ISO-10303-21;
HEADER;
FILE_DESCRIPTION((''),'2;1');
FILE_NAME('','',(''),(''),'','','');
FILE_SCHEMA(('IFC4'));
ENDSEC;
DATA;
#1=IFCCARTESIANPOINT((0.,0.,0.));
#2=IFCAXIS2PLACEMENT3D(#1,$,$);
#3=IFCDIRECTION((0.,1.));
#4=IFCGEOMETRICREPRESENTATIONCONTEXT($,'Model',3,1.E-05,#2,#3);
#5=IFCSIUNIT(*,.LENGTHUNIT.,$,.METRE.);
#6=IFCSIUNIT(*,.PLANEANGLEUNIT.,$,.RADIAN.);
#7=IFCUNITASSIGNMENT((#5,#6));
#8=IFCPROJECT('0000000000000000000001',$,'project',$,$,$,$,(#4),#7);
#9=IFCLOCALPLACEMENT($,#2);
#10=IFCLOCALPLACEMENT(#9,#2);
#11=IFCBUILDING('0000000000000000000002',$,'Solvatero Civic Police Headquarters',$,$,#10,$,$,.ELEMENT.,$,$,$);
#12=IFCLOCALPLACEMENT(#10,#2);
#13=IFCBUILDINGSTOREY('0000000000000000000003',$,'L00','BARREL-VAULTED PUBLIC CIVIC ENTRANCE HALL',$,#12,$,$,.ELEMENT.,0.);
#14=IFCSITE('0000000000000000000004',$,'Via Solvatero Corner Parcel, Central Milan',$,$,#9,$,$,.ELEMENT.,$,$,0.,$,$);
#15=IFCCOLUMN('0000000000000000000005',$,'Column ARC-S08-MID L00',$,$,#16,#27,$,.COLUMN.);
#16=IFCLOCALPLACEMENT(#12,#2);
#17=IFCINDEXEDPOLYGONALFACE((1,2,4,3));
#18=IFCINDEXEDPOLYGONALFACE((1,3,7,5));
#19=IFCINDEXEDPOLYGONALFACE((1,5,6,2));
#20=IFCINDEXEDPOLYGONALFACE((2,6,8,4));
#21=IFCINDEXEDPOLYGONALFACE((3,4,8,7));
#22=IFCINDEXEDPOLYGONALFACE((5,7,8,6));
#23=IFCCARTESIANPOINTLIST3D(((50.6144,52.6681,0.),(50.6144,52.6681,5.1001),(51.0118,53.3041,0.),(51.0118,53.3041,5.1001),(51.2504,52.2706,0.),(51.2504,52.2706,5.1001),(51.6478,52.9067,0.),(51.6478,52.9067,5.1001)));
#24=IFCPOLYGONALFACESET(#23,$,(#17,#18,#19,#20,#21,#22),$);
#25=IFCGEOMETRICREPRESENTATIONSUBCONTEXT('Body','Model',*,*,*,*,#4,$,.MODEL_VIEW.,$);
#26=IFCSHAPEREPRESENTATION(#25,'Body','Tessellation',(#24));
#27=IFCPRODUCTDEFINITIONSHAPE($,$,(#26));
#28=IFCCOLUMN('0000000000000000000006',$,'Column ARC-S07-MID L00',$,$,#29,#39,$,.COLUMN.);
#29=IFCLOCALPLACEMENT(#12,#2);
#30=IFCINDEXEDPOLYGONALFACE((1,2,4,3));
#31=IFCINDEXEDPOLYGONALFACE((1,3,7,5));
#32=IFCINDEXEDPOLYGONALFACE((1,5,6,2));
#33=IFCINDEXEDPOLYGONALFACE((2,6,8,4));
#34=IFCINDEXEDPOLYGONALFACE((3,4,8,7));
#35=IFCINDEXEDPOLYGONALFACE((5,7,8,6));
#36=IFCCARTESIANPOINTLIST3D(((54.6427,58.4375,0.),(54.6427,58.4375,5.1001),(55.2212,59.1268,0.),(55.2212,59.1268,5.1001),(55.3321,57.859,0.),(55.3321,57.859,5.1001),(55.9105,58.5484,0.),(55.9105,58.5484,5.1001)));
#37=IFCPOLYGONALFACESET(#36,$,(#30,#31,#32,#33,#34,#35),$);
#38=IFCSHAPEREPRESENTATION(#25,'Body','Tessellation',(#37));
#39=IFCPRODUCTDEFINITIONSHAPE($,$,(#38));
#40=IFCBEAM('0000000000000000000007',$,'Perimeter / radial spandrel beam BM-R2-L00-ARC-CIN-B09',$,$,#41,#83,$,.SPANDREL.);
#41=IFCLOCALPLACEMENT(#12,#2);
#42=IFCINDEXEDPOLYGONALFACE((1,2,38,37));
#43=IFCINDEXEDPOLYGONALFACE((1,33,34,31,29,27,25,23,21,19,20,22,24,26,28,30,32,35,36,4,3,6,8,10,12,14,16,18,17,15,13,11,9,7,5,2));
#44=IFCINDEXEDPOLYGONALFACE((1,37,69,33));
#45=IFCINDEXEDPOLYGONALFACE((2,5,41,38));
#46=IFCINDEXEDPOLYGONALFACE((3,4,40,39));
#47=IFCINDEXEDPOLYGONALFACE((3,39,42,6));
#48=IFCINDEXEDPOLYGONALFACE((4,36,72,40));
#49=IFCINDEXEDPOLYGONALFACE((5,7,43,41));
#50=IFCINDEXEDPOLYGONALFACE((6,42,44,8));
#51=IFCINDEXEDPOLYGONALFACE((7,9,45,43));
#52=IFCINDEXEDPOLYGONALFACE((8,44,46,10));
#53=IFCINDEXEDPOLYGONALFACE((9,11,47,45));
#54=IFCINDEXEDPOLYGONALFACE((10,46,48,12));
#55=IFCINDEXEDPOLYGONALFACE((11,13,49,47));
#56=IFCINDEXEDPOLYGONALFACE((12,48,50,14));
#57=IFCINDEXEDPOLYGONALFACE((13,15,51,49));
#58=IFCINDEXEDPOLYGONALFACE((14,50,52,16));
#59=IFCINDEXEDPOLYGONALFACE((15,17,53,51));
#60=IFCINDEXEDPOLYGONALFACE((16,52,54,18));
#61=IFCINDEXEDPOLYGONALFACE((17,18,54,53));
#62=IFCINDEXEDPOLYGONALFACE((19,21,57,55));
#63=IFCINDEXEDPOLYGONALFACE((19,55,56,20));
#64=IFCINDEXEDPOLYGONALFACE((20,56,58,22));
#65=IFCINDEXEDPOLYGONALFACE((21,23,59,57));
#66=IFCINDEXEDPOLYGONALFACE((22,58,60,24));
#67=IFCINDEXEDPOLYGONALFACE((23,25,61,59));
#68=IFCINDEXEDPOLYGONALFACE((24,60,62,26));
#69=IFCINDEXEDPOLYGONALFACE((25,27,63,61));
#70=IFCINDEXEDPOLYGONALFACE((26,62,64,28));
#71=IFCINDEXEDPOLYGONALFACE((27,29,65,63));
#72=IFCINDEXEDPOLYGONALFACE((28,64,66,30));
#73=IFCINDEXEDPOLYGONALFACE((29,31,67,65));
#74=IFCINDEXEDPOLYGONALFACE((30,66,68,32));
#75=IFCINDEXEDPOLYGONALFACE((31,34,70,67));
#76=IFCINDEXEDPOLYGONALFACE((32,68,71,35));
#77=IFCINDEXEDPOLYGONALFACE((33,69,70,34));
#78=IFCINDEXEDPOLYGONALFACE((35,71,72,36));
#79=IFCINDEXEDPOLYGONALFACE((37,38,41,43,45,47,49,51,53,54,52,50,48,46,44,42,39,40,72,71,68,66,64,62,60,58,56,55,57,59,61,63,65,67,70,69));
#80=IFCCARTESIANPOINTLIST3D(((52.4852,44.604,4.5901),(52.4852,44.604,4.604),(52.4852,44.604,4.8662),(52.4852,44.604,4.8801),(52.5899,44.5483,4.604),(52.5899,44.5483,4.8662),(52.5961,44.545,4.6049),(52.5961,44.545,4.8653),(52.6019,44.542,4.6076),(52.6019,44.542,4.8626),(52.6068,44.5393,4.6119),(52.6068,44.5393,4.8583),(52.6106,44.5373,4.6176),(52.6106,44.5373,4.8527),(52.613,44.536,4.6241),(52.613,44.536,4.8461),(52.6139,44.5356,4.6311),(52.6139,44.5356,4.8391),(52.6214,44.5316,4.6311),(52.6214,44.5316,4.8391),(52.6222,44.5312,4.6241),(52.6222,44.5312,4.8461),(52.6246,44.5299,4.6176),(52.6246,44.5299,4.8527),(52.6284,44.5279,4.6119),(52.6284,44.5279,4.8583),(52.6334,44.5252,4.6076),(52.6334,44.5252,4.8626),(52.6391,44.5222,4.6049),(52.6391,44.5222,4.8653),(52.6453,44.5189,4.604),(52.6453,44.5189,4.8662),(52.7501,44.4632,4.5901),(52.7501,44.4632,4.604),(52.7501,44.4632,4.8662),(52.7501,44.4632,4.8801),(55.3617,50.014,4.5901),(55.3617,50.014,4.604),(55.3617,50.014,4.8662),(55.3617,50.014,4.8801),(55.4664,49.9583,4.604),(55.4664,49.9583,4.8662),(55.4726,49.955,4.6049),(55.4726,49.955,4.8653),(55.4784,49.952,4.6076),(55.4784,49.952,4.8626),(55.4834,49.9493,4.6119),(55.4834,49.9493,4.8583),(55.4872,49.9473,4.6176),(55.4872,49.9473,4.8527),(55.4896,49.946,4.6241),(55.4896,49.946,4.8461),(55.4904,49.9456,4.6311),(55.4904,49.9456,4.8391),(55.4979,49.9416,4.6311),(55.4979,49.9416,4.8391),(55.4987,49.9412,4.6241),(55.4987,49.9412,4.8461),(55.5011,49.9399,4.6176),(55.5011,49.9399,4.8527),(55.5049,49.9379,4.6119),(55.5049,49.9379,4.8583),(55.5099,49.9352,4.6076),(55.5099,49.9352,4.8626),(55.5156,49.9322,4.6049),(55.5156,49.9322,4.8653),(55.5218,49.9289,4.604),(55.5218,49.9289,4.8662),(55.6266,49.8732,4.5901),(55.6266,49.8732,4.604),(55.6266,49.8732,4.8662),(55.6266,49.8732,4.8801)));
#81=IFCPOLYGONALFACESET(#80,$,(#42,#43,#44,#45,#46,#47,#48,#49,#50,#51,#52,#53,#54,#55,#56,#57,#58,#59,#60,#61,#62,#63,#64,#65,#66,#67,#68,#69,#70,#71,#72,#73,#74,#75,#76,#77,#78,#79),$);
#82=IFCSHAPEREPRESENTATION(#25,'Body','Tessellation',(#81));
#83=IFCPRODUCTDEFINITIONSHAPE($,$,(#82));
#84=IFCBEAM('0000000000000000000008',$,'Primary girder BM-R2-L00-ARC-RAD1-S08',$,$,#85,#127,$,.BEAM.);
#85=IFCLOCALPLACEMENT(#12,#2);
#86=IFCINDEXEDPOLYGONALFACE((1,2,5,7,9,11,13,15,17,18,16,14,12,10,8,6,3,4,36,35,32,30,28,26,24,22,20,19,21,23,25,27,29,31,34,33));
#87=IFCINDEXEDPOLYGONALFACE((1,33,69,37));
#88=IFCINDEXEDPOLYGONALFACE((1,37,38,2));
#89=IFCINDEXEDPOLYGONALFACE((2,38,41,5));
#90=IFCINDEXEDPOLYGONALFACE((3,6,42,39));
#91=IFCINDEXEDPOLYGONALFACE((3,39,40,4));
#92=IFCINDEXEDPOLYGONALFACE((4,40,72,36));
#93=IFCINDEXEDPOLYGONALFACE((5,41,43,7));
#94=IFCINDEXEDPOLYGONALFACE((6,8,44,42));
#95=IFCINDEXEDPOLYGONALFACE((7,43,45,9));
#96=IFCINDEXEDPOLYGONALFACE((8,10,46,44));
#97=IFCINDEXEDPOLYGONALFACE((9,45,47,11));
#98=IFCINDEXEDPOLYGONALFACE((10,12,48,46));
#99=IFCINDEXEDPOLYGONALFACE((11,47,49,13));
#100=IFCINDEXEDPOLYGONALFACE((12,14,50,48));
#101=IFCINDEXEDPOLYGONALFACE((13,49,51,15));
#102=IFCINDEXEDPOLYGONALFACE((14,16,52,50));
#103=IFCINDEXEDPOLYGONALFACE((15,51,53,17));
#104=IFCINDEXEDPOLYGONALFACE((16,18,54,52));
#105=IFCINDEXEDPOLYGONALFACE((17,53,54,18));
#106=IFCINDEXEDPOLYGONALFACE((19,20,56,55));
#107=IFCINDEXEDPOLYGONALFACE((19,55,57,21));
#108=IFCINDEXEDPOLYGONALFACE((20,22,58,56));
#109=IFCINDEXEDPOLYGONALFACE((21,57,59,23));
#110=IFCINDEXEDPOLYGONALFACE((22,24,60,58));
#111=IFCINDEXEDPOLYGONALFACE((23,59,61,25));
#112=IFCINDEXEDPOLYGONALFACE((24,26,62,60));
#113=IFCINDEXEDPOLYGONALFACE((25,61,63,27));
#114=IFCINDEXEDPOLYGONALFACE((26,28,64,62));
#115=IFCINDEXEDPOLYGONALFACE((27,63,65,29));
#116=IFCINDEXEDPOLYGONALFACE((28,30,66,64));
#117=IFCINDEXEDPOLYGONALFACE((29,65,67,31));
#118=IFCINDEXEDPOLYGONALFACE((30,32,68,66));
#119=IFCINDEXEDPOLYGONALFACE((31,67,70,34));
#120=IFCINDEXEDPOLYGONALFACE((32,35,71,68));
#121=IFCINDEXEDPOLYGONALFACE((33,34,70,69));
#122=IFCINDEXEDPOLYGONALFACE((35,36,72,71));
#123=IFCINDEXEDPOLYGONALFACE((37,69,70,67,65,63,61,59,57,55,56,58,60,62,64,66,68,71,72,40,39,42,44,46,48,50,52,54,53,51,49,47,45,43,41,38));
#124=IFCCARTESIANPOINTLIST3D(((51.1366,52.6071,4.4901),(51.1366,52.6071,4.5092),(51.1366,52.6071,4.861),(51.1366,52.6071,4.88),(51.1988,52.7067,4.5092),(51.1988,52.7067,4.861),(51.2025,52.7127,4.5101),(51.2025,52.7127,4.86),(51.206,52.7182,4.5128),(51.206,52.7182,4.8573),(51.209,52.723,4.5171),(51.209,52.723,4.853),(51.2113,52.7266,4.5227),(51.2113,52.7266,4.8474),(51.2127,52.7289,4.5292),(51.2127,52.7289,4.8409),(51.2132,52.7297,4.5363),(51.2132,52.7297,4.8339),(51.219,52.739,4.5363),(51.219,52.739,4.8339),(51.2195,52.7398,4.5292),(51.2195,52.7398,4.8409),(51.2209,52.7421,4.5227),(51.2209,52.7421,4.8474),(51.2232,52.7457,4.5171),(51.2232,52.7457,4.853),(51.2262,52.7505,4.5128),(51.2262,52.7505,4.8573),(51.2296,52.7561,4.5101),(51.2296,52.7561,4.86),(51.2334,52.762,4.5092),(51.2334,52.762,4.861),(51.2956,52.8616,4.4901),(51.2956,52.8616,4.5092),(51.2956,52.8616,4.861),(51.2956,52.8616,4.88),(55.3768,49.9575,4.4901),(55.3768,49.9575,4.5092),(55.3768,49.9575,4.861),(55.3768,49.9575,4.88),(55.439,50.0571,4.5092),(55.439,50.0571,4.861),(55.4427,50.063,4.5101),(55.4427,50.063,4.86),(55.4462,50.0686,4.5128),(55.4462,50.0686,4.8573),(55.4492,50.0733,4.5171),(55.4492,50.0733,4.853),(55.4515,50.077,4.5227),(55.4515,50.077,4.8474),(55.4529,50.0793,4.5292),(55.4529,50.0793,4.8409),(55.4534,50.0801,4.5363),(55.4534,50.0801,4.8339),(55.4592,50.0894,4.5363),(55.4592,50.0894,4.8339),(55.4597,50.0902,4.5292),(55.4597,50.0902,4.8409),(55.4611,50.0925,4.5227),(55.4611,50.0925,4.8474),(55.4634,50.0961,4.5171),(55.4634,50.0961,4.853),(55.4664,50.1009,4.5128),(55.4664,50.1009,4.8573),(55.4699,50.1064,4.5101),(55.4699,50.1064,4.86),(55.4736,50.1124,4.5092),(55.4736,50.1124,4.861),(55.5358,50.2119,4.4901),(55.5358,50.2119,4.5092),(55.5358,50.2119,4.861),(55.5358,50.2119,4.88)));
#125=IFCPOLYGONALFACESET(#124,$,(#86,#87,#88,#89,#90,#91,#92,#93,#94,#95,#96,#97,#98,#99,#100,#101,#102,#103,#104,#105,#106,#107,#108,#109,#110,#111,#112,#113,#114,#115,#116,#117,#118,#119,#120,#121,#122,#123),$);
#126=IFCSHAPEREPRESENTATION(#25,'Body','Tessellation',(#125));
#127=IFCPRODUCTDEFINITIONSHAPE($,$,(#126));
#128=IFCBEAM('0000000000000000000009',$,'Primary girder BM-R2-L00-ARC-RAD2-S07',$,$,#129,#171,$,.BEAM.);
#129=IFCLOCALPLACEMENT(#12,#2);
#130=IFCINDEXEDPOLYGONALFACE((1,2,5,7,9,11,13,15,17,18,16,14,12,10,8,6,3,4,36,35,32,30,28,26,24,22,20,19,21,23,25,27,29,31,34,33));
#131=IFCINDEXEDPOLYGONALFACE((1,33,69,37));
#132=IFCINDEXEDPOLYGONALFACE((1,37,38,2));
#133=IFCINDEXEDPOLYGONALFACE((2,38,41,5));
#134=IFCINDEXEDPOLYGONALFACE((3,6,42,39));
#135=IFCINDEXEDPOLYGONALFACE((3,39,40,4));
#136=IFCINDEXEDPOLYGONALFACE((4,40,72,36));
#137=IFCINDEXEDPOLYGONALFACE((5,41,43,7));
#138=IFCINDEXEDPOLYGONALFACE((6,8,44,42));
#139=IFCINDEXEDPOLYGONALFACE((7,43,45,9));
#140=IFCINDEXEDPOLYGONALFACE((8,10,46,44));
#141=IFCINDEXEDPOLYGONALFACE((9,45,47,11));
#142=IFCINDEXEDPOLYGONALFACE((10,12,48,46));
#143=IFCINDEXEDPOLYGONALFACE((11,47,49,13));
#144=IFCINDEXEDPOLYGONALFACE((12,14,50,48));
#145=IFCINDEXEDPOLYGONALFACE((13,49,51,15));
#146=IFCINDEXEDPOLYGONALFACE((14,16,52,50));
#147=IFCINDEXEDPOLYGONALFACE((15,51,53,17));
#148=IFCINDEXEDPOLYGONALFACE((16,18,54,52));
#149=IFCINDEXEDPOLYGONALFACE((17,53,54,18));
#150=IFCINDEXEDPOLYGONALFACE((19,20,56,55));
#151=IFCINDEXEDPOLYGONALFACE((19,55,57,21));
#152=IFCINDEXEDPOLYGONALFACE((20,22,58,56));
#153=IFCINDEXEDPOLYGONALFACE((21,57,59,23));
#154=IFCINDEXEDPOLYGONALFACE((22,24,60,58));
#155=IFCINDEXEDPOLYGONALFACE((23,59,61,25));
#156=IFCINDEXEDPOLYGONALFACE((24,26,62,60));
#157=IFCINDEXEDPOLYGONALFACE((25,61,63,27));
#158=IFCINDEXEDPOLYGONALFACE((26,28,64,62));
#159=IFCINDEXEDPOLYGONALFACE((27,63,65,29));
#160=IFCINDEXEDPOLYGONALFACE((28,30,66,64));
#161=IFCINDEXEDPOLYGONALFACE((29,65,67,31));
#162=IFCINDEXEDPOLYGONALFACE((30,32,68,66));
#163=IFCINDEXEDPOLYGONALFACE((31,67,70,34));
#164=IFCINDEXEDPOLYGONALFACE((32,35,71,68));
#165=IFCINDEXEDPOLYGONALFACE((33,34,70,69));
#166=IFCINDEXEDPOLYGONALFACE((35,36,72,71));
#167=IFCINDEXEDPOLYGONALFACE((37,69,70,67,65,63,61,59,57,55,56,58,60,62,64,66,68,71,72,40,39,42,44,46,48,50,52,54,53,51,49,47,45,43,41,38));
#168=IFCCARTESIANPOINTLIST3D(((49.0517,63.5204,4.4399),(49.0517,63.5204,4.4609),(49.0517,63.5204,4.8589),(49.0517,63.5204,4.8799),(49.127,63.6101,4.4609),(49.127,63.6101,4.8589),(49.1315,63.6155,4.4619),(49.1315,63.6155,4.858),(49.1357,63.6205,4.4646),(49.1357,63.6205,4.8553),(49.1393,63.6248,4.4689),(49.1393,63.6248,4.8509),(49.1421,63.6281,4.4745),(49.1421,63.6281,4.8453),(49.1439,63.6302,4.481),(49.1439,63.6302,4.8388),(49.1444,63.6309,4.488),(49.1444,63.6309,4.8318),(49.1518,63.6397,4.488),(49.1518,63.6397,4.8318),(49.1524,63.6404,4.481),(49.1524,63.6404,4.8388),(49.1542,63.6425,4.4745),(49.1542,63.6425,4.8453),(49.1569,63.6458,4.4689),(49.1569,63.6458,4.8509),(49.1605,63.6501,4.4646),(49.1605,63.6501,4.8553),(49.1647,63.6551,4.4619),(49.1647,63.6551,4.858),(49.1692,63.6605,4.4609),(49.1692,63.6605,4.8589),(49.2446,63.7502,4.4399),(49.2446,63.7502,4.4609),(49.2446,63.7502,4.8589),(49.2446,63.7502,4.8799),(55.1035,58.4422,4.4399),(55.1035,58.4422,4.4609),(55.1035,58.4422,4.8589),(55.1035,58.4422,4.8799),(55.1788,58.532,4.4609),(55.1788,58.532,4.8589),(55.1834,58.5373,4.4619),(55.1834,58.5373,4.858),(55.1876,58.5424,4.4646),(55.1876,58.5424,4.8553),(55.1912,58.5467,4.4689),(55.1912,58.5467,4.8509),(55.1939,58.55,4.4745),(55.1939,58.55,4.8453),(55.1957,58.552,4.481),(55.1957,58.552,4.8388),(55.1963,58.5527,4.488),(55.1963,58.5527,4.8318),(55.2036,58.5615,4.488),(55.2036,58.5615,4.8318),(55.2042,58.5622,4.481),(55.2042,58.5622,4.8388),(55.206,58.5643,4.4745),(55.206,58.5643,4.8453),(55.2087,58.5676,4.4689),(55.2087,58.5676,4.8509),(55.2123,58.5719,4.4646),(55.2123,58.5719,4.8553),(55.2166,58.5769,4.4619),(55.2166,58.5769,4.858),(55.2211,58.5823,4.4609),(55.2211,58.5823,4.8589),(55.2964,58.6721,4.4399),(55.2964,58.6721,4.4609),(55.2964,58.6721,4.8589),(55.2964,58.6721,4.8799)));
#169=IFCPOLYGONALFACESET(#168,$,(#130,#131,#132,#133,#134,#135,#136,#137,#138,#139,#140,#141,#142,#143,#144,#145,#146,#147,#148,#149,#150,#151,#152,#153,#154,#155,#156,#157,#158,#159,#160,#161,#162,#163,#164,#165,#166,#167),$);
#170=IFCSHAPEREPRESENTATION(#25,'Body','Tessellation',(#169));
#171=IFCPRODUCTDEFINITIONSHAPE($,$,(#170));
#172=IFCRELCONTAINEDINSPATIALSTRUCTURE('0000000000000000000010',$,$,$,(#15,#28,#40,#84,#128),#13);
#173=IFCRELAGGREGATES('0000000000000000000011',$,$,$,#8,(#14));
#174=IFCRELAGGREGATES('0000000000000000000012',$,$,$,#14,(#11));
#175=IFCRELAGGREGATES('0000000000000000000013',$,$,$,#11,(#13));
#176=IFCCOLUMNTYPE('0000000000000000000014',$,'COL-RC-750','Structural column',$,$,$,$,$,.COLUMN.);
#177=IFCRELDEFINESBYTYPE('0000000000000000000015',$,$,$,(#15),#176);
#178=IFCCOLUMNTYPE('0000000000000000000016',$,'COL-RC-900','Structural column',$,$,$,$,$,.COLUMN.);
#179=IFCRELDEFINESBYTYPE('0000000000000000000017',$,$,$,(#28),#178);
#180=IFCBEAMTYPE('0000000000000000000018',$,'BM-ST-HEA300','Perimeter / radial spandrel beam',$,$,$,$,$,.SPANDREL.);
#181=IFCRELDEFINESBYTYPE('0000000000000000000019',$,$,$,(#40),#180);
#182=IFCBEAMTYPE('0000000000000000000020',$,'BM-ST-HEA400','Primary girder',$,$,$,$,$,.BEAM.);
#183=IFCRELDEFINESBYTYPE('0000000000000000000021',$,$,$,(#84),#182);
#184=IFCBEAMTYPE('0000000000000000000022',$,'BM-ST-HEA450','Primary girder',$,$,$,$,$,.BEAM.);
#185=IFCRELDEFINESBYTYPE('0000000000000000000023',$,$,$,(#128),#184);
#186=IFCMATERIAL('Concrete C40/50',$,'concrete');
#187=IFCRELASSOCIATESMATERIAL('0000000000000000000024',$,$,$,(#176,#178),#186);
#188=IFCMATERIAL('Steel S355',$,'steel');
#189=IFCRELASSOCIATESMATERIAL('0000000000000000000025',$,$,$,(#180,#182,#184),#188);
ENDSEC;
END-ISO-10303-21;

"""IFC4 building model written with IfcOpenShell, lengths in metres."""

from ifc_helpers import new_model, si_unit, direction, frame, origin, origin_2d, place, context, subcontext, project, spatial, rectangle, i_section, extrude, material, material_profile, profile_set, type_object, element, save


model = new_model("IFC4")

# Units and contexts
model_context = context("Model", 3, precision=1e-05, world=origin(), true_north=direction((0.0, 1.0)))
body_context = subcontext(model_context, "Body", "Model", "MODEL_VIEW")
ifc_project = project(units=[si_unit("LENGTHUNIT", "METRE"), si_unit("PLANEANGLEUNIT", "RADIAN")], contexts=[model_context])

# Site, building, storey
site_placement = place(None, origin())
site = spatial("IfcSite", under=ifc_project, at=site_placement, Name="Via Solvatero Corner Parcel, Central Milan", CompositionType="ELEMENT", RefElevation=0.0)
building_placement = place(site_placement, origin())
building = spatial("IfcBuilding", under=site, at=building_placement, Name="Solvatero Civic Police Headquarters", CompositionType="ELEMENT")
storey_placement = place(building_placement, origin())
storey = spatial("IfcBuildingStorey", under=building, at=storey_placement, Name="L00", Description="BARREL-VAULTED PUBLIC CIVIC ENTRANCE HALL", CompositionType="ELEMENT", Elevation=0.0)

# Columns
ifc_material_1 = material(Name="Concrete C40/50", Category="concrete")
ifc_material_profile_1 = material_profile(ifc_material_1, rectangle(XDim=0.75, YDim=0.75, at=origin_2d()), Name="RC 750x750")
ifc_profile_set_1 = profile_set([ifc_material_profile_1], Name="Concrete C40/50")
column_type_1 = type_object("IfcColumnType", Name="COL-RC-750", Description="Structural column", PredefinedType="COLUMN", material=ifc_profile_set_1)
column_1_placement = place(storey_placement, frame((51.1311, 52.7874, 0.0), z_axis=(0.0, 0.0, 1.0), x_axis=(0.529919, 0.848048, 0.0)))
element("IfcColumn", 1, at=column_1_placement, inside=storey, type_object=column_type_1, Name="Column ARC-S08-MID L00", PredefinedType="COLUMN", context=body_context, shape_type="SweptSolid", body=[
    extrude(rectangle(XDim=0.75, YDim=0.75, at=origin_2d()), origin(), (0.0, 0.0, 1.0), 5.1001),
])
ifc_material_profile_2 = material_profile(ifc_material_1, rectangle(XDim=0.8999, YDim=0.8999, at=origin_2d()), Name="RC 900x900")
ifc_profile_set_2 = profile_set([ifc_material_profile_2], Name="Concrete C40/50")
column_type_2 = type_object("IfcColumnType", Name="COL-RC-900", Description="Structural column", PredefinedType="COLUMN", material=ifc_profile_set_2)
column_2_placement = place(storey_placement, frame((55.2766, 58.4929, 0.0), z_axis=(0.0, 0.0, 1.0), x_axis=(0.642788, 0.766044, 0.0)))
element("IfcColumn", 2, at=column_2_placement, inside=storey, type_object=column_type_2, Name="Column ARC-S07-MID L00", PredefinedType="COLUMN", context=body_context, shape_type="SweptSolid", body=[
    extrude(rectangle(XDim=0.8999, YDim=0.8999, at=origin_2d()), origin(), (0.0, 0.0, 1.0), 5.1001),
])

# Beams
ifc_material_2 = material(Name="Steel S355", Category="steel")
ifc_material_profile_3 = material_profile(ifc_material_2, i_section(OverallWidth=0.3, OverallDepth=0.29, WebThickness=0.0085, FlangeThickness=0.0139, FilletRadius=0.0271, at=origin_2d()), Name="HEA 300")
ifc_profile_set_3 = profile_set([ifc_material_profile_3], Name="Steel S355")
beam_type_1 = type_object("IfcBeamType", Name="BM-ST-HEA300", Description="Perimeter / radial spandrel beam", PredefinedType="SPANDREL", material=ifc_profile_set_3)
beam_1_placement = place(storey_placement, frame((55.4941, 49.9436, 4.7351), z_axis=(-0.469467, -0.88295, 0.0), x_axis=(0.88295, -0.469467, 0.0)))
element("IfcBeam", 3, at=beam_1_placement, inside=storey, type_object=beam_type_1, Name="Perimeter / radial spandrel beam BM-R2-L00-ARC-CIN-B09", PredefinedType="SPANDREL", context=body_context, shape_type="SweptSolid", body=[
    extrude(i_section(OverallWidth=0.3, OverallDepth=0.29, WebThickness=0.0085, FlangeThickness=0.0139, FilletRadius=0.0271, at=origin_2d()), origin(), (0.0, 0.0, 1.0), 6.1272),
])
ifc_material_profile_4 = material_profile(ifc_material_2, i_section(OverallWidth=0.3, OverallDepth=0.3899, WebThickness=0.011, FlangeThickness=0.019, FilletRadius=0.0271, at=origin_2d()), Name="HEA 400")
ifc_profile_set_4 = profile_set([ifc_material_profile_4], Name="Steel S355")
beam_type_2 = type_object("IfcBeamType", Name="BM-ST-HEA400", Description="Primary girder", PredefinedType="BEAM", material=ifc_profile_set_4)
beam_2_placement = place(storey_placement, frame((55.4563, 50.0847, 4.6851), z_axis=(-0.848042, 0.529929, 0.0), x_axis=(-0.529929, -0.848042, 0.0)))
element("IfcBeam", 4, at=beam_2_placement, inside=storey, type_object=beam_type_2, Name="Primary girder BM-R2-L00-ARC-RAD1-S08", PredefinedType="BEAM", context=body_context, shape_type="SweptSolid", body=[
    extrude(i_section(OverallWidth=0.3, OverallDepth=0.3899, WebThickness=0.011, FlangeThickness=0.019, FilletRadius=0.0271, at=origin_2d()), origin(), (0.0, 0.0, 1.0), 5.0),
])
ifc_material_profile_5 = material_profile(ifc_material_2, i_section(OverallWidth=0.3, OverallDepth=0.4399, WebThickness=0.0115, FlangeThickness=0.021, FilletRadius=0.0271, at=origin_2d()), Name="HEA 450")
ifc_profile_set_5 = profile_set([ifc_material_profile_5], Name="Steel S355")
beam_type_3 = type_object("IfcBeamType", Name="BM-ST-HEA450", Description="Primary girder", PredefinedType="BEAM", material=ifc_profile_set_5)
for number, where, z_axis, x_axis, name in (
    (5, (55.2, 58.5571, 4.6599), (-0.766038, 0.642795, 0.0), (-0.642795, -0.766038, 0.0), "Primary girder BM-R2-L00-ARC-RAD2-S07"),
):
    element("IfcBeam", number, at=place(storey_placement, frame(where, z_axis=z_axis, x_axis=x_axis)), inside=storey, type_object=beam_type_3, Name=name, PredefinedType="BEAM", context=body_context, shape_type="SweptSolid", body=[
        extrude(i_section(OverallWidth=0.3, OverallDepth=0.4399, WebThickness=0.0115, FlangeThickness=0.021, FilletRadius=0.0271, at=origin_2d()), origin(), (0.0, 0.0, 1.0), 7.9001),
    ])

save(model, "model.ifc")
